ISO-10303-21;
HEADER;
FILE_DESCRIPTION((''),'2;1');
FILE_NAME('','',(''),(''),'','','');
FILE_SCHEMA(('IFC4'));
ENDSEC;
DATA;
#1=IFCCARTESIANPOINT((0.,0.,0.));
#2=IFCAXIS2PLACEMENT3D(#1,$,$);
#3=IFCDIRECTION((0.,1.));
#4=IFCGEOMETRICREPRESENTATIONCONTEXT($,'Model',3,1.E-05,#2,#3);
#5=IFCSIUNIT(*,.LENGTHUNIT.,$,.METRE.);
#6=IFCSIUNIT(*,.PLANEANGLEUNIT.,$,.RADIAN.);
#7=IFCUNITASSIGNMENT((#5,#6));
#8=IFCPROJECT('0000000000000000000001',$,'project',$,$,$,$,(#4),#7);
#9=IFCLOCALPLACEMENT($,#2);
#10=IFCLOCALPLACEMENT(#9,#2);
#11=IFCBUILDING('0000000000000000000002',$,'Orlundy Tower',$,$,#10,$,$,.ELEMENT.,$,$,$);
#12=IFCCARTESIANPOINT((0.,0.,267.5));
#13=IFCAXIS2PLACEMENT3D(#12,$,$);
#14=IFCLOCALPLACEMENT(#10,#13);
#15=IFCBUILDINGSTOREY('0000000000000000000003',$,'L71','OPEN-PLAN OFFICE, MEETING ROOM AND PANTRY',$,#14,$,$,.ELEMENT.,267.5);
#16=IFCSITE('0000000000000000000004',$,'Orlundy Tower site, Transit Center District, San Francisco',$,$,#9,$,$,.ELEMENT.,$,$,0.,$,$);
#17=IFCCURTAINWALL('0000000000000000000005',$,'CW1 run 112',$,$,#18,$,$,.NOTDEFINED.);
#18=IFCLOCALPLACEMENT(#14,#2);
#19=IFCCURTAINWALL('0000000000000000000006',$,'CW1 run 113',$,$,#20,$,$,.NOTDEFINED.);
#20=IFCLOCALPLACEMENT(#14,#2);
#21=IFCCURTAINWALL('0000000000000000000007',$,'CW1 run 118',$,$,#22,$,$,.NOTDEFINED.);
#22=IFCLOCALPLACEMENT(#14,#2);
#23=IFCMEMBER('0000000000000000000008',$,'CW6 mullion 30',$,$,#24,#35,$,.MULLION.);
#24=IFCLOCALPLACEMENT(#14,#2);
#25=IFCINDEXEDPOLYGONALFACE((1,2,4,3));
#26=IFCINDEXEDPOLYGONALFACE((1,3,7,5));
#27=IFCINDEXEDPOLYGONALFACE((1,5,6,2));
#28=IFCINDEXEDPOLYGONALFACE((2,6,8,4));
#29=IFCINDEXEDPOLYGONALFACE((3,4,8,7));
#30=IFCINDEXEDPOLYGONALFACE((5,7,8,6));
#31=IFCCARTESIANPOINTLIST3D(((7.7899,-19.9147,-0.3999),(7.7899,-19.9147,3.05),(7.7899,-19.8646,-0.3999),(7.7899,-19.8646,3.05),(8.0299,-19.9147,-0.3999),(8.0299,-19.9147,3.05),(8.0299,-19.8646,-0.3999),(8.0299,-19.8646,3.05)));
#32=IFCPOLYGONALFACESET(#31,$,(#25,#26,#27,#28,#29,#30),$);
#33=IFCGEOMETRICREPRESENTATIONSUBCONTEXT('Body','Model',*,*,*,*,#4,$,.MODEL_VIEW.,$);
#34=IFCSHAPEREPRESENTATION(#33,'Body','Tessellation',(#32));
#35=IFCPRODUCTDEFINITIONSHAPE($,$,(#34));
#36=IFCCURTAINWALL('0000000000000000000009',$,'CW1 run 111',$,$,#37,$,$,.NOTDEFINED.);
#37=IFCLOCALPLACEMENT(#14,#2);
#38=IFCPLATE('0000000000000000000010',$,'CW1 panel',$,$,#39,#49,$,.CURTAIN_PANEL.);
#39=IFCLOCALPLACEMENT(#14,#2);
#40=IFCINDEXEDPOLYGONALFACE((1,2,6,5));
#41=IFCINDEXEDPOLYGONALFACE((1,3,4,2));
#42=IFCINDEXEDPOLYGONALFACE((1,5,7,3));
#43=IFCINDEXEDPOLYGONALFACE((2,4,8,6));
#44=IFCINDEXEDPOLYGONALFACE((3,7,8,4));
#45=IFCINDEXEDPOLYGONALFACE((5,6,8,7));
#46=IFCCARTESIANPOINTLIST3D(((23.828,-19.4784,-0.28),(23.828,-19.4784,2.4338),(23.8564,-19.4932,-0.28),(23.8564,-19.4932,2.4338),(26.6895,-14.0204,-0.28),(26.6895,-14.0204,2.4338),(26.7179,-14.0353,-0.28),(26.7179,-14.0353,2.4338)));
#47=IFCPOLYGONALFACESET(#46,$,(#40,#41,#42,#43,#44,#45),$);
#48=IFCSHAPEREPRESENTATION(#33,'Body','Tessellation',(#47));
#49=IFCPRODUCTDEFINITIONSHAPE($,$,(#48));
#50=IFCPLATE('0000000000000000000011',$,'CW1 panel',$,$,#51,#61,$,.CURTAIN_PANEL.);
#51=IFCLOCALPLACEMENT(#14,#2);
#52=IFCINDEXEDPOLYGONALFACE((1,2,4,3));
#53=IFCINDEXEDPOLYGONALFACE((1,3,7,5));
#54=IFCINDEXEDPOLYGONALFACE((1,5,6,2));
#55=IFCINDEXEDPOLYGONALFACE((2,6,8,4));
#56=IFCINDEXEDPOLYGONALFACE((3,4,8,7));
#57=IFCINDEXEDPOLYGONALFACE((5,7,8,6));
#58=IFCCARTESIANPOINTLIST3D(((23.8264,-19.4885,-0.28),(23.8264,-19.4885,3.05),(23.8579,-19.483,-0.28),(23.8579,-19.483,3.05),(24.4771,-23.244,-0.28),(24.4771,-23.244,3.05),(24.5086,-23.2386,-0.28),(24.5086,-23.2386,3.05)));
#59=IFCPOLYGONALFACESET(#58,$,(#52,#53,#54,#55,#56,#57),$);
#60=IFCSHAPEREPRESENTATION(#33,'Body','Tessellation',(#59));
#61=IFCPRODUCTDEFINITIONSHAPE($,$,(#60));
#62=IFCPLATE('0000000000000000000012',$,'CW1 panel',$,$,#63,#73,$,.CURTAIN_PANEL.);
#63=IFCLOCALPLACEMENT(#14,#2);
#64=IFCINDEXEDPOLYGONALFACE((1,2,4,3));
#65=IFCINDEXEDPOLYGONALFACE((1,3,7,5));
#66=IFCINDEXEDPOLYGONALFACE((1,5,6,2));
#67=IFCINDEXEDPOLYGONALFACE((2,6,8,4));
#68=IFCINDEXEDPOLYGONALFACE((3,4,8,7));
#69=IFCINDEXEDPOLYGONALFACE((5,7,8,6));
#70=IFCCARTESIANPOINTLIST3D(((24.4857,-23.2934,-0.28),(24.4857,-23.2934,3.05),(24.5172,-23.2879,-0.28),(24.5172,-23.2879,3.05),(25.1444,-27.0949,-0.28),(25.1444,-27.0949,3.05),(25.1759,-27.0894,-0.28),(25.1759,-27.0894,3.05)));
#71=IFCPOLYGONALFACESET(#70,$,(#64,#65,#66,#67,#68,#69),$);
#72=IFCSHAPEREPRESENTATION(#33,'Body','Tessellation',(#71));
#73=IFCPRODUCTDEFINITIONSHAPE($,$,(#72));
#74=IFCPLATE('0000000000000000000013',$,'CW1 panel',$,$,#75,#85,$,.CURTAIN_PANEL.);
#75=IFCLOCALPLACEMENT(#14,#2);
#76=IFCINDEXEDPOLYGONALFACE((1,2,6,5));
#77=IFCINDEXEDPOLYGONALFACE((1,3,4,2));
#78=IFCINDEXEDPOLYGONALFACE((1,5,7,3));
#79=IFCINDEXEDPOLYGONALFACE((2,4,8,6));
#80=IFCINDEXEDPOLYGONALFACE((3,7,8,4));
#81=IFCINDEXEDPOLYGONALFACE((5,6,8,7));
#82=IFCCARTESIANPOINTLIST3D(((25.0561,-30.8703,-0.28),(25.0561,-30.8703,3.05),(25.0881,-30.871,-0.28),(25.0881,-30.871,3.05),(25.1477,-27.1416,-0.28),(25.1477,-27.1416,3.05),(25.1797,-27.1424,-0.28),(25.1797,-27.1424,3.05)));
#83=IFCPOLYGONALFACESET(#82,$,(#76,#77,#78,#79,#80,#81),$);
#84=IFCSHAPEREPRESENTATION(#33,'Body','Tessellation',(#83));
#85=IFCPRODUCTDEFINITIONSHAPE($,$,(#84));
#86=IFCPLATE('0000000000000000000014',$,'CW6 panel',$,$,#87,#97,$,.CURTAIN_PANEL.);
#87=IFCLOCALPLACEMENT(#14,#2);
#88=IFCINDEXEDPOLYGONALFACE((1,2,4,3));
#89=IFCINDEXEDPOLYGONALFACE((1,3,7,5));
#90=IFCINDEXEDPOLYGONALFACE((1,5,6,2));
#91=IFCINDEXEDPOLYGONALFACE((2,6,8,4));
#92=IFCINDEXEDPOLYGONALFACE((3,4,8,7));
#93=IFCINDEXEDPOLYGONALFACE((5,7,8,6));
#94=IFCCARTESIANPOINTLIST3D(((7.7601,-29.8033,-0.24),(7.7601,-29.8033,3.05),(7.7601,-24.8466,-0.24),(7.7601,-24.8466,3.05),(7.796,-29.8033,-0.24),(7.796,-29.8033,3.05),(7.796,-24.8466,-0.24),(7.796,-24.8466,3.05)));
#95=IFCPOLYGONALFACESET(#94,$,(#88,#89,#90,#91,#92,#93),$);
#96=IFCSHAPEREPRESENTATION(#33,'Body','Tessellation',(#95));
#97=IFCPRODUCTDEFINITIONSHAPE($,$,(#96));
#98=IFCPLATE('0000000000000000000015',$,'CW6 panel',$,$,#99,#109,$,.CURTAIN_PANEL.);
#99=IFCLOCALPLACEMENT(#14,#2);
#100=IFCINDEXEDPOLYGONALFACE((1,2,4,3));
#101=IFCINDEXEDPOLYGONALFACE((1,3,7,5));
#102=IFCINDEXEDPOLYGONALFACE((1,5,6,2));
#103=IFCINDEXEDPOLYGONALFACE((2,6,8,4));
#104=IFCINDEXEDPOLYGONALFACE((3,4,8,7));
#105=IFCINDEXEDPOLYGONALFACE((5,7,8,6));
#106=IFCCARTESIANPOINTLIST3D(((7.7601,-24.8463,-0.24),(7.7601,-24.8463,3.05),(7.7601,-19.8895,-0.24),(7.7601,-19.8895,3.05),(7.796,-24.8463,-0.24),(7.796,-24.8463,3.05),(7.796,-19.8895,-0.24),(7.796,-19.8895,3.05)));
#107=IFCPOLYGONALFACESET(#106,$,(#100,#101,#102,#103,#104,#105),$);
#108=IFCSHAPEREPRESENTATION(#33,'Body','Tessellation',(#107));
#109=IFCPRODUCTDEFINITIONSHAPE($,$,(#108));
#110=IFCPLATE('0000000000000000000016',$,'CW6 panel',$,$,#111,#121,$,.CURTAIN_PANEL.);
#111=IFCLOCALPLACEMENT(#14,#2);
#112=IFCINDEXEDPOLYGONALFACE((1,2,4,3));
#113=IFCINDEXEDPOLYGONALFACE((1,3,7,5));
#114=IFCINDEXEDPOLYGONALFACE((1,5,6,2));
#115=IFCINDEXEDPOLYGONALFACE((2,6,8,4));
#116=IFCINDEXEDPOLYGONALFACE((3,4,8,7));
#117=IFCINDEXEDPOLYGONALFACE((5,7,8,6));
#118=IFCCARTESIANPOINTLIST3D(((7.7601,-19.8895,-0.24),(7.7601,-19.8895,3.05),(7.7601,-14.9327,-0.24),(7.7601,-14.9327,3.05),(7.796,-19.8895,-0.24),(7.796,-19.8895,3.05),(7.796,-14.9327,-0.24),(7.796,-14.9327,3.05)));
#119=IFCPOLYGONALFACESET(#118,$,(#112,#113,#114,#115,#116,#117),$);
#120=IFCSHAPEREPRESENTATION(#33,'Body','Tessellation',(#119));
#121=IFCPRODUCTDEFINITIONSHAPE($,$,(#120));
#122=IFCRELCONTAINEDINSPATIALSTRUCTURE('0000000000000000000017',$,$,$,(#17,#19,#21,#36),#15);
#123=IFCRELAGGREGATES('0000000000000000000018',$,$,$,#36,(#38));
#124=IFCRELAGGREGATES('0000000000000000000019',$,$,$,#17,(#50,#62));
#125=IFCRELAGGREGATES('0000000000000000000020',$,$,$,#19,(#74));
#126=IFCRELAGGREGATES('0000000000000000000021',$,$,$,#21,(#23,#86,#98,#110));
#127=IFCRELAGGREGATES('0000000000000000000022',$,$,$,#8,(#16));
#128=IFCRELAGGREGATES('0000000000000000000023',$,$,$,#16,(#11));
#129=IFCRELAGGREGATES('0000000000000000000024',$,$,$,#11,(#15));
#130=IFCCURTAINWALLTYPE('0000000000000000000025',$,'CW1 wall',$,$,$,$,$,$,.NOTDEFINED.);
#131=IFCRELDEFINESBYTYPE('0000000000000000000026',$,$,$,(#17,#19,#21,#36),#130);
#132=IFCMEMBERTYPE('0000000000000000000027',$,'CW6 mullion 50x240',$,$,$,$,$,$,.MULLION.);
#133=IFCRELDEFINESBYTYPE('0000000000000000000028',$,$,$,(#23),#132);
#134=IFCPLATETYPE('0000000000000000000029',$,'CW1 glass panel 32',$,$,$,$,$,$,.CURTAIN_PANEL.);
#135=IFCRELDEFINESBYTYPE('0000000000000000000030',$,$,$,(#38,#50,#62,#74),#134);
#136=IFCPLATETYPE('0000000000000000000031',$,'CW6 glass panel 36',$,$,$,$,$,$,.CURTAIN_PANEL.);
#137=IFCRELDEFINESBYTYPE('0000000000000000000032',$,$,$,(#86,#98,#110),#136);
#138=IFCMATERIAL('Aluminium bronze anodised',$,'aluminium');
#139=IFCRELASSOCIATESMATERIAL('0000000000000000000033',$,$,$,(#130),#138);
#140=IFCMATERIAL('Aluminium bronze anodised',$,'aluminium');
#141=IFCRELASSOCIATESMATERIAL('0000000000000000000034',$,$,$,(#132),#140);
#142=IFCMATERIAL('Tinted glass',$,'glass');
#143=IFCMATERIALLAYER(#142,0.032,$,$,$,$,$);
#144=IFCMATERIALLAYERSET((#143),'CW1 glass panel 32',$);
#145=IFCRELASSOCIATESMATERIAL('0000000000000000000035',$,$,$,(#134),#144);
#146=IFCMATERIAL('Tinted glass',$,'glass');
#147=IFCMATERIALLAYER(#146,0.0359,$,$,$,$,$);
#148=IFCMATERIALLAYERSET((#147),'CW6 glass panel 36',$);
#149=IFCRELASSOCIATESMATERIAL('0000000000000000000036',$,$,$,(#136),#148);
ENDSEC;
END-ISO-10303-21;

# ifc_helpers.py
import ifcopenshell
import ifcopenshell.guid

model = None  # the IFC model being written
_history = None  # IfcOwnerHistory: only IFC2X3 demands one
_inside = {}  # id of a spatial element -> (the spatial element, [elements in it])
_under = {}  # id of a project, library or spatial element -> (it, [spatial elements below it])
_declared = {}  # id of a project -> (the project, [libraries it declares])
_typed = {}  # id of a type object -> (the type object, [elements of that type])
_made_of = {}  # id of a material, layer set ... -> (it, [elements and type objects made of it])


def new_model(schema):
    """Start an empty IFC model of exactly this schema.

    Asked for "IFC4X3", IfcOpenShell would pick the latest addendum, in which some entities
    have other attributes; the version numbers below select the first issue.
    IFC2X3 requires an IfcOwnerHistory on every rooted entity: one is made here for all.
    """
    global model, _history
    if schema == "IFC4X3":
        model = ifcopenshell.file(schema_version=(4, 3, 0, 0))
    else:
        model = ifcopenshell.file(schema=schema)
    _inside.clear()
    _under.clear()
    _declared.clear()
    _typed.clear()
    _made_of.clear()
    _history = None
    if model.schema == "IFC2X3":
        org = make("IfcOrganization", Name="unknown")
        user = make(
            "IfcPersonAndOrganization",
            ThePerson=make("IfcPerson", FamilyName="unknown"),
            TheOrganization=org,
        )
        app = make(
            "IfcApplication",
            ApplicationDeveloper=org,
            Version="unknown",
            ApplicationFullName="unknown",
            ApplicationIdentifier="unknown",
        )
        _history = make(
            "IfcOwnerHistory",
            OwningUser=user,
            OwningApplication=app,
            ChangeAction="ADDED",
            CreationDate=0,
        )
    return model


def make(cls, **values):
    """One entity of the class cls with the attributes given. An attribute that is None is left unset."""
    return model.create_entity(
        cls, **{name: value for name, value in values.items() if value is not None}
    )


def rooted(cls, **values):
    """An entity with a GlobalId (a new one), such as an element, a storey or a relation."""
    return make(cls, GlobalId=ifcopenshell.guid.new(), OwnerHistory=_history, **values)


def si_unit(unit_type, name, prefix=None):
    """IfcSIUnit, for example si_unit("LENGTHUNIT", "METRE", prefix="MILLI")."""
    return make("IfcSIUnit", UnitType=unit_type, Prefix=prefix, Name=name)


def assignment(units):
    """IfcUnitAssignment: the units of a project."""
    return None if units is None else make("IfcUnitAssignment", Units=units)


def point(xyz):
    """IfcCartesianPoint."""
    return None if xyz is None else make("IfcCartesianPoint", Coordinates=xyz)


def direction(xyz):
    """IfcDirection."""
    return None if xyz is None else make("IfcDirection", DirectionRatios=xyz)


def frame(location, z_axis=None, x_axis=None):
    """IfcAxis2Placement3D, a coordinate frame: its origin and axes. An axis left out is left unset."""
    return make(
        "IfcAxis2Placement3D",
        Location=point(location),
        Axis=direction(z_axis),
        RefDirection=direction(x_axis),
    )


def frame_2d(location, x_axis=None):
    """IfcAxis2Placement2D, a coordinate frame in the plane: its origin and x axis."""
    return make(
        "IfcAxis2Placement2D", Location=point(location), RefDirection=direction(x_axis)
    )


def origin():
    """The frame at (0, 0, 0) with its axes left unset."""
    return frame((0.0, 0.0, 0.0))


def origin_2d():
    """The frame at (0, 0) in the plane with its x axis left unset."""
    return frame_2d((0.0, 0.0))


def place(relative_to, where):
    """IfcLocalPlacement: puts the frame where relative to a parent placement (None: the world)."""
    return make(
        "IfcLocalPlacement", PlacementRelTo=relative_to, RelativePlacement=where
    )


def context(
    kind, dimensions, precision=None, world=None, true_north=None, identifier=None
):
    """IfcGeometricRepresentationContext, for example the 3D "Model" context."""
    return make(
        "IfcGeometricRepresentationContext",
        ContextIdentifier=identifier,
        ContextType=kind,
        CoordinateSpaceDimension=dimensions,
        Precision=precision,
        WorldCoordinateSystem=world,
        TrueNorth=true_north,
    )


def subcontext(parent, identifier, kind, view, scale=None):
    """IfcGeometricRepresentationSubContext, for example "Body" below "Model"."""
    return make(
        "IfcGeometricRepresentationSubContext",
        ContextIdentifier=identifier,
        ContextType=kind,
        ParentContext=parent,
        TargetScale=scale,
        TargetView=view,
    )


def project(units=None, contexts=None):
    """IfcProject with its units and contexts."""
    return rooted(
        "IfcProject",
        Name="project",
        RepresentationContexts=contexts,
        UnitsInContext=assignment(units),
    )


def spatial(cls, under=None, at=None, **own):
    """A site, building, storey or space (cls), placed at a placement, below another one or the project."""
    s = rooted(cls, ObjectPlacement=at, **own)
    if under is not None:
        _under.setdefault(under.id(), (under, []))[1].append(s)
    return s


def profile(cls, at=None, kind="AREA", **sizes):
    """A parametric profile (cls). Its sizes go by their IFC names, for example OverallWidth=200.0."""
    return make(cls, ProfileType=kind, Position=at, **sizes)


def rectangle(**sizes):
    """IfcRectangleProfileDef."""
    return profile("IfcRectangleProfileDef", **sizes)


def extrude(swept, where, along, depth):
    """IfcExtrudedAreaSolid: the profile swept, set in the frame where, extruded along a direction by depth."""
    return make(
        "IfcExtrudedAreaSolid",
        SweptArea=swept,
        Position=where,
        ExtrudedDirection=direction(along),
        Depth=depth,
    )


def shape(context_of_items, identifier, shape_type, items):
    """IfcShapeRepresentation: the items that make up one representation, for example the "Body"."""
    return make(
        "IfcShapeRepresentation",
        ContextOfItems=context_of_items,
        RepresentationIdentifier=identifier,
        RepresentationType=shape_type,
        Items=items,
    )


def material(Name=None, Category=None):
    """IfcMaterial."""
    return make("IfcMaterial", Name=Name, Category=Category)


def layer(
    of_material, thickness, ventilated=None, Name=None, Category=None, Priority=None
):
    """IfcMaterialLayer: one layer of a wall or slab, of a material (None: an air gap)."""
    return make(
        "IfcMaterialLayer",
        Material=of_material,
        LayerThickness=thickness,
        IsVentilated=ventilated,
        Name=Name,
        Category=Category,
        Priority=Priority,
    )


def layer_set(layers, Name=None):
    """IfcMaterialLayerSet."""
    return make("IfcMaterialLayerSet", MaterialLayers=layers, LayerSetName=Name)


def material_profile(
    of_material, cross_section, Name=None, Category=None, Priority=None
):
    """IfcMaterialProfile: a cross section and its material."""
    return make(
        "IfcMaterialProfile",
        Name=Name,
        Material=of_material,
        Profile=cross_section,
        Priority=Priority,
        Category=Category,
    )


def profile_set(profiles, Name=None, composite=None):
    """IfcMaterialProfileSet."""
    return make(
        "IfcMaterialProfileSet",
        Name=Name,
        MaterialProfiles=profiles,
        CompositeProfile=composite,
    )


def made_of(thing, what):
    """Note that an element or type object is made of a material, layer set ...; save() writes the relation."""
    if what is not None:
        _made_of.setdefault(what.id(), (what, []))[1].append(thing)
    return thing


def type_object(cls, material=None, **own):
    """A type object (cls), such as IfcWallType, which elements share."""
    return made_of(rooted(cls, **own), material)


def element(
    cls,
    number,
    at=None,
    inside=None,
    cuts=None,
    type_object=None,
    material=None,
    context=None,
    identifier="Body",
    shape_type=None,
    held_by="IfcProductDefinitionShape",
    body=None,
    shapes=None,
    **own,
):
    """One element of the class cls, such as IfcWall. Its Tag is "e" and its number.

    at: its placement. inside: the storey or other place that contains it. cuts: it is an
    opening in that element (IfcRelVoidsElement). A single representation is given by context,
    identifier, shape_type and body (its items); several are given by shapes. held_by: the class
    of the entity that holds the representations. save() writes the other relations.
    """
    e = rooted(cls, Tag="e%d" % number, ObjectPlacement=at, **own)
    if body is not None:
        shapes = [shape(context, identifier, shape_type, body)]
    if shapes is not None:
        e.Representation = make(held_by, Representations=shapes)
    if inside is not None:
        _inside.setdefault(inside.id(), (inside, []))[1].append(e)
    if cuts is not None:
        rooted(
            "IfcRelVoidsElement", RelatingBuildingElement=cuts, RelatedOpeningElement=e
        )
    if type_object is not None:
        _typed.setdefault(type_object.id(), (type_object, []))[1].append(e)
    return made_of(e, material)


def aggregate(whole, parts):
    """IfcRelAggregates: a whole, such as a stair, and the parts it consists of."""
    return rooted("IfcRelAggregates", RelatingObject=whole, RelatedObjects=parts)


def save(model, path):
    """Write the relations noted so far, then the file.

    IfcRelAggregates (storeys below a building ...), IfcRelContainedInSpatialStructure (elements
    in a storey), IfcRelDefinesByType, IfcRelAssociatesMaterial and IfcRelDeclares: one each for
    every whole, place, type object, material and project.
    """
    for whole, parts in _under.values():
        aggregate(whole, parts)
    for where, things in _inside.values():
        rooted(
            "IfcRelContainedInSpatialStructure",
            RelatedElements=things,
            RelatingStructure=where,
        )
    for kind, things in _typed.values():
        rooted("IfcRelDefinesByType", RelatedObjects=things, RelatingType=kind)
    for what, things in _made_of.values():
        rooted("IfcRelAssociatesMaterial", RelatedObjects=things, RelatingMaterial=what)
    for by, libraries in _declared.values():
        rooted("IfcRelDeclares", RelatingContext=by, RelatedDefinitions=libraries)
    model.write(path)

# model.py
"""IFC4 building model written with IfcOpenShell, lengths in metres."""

from ifc_helpers import new_model, si_unit, direction, frame, origin, origin_2d, place, context, subcontext, project, spatial, rectangle, extrude, material, layer, layer_set, material_profile, profile_set, type_object, element, aggregate, save


model = new_model("IFC4")

# Units and contexts
model_context = context("Model", 3, precision=1e-05, world=origin(), true_north=direction((0.0, 1.0)))
body_context = subcontext(model_context, "Body", "Model", "MODEL_VIEW")
ifc_project = project(units=[si_unit("LENGTHUNIT", "METRE"), si_unit("PLANEANGLEUNIT", "RADIAN")], contexts=[model_context])

# Site, building, storey
site_placement = place(None, origin())
site = spatial("IfcSite", under=ifc_project, at=site_placement, Name="Orlundy Tower site, Transit Center District, San Francisco", CompositionType="ELEMENT", RefElevation=0.0)
building_placement = place(site_placement, origin())
building = spatial("IfcBuilding", under=site, at=building_placement, Name="Orlundy Tower", CompositionType="ELEMENT")
storey_placement = place(building_placement, frame((0.0, 0.0, 267.5)))
storey = spatial("IfcBuildingStorey", under=building, at=storey_placement, Name="L71", Description="OPEN-PLAN OFFICE, MEETING ROOM AND PANTRY", CompositionType="ELEMENT", Elevation=267.5)

# Curtain wall
ifc_material_1 = material(Name="Aluminium bronze anodised", Category="aluminium")
curtain_wall_type = type_object("IfcCurtainWallType", Name="CW1 wall", PredefinedType="NOTDEFINED", material=ifc_material_1)
curtain_wall_1_placement = place(storey_placement, origin())
curtain_wall_1 = element("IfcCurtainWall", 1, at=curtain_wall_1_placement, inside=storey, type_object=curtain_wall_type, Name="CW1 run 112", PredefinedType="NOTDEFINED")

# Curtain wall
curtain_wall_2_placement = place(storey_placement, origin())
curtain_wall_2 = element("IfcCurtainWall", 2, at=curtain_wall_2_placement, inside=storey, type_object=curtain_wall_type, Name="CW1 run 113", PredefinedType="NOTDEFINED")

# Curtain wall, member
curtain_wall_3_placement = place(storey_placement, origin())
curtain_wall_3 = element("IfcCurtainWall", 3, at=curtain_wall_3_placement, inside=storey, type_object=curtain_wall_type, Name="CW1 run 118", PredefinedType="NOTDEFINED")
ifc_material_2 = material(Name="Aluminium bronze anodised", Category="aluminium")
ifc_material_profile_1 = material_profile(ifc_material_2, rectangle(XDim=0.24, YDim=0.05, at=origin_2d()), Name="CW6 mullion 50x240")
ifc_profile_set_1 = profile_set([ifc_material_profile_1], Name="Aluminium bronze anodised")
member_type_1 = type_object("IfcMemberType", Name="CW6 mullion 50x240", PredefinedType="MULLION", material=ifc_profile_set_1)
member_1_placement = place(storey_placement, frame((7.9099, -19.8896, -0.3999), z_axis=(0.0, 0.0, 1.0), x_axis=(-1.0, 0.0, 0.0)))
member_1 = element("IfcMember", 4, at=member_1_placement, type_object=member_type_1, Name="CW6 mullion 30", PredefinedType="MULLION", context=body_context, shape_type="SweptSolid", body=[
    extrude(rectangle(XDim=0.24, YDim=0.05, at=origin_2d()), origin(), (0.0, 0.0, 1.0), 3.45),
])

# Curtain wall, plate
curtain_wall_4_placement = place(storey_placement, origin())
curtain_wall_4 = element("IfcCurtainWall", 5, at=curtain_wall_4_placement, inside=storey, type_object=curtain_wall_type, Name="CW1 run 111", PredefinedType="NOTDEFINED")
ifc_material_3 = material(Name="Tinted glass", Category="glass")
ifc_layer_1 = layer(ifc_material_3, 0.032)
ifc_layer_set_1 = layer_set([ifc_layer_1], Name="CW1 glass panel 32")
plate_type_1 = type_object("IfcPlateType", Name="CW1 glass panel 32", PredefinedType="CURTAIN_PANEL", material=ifc_layer_set_1)
plate_1_placement = place(storey_placement, frame((25.2729, -16.7568, -0.28), z_axis=(0.0, 0.0, 1.0), x_axis=(-0.464333, -0.885661, 0.0)))
plate_1 = element("IfcPlate", 6, at=plate_1_placement, type_object=plate_type_1, Name="CW1 panel", PredefinedType="CURTAIN_PANEL", context=body_context, shape_type="SweptSolid", body=[
    extrude(rectangle(XDim=6.1626, YDim=0.032, at=origin_2d()), origin(), (0.0, 0.0, 1.0), 2.7139),
])
aggregate(curtain_wall_4, [plate_1])

# Plates
plate_2_placement = place(storey_placement, frame((24.1675, -21.3635, -0.28), z_axis=(0.0, 0.0, 1.0), x_axis=(0.170729, -0.985318, 0.0)))
plate_2 = element("IfcPlate", 7, at=plate_2_placement, type_object=plate_type_1, Name="CW1 panel", PredefinedType="CURTAIN_PANEL", context=body_context, shape_type="SweptSolid", body=[
    extrude(rectangle(XDim=3.8115, YDim=0.032, at=origin_2d()), origin(), (0.0, 0.0, 1.0), 3.3301),
])
plate_3_placement = place(storey_placement, frame((24.8308, -25.1914, -0.28), z_axis=(0.0, 0.0, 1.0), x_axis=(0.170729, -0.985318, 0.0)))
plate_3 = element("IfcPlate", 8, at=plate_3_placement, type_object=plate_type_1, Name="CW1 panel", PredefinedType="CURTAIN_PANEL", context=body_context, shape_type="SweptSolid", body=[
    extrude(rectangle(XDim=3.8582, YDim=0.032, at=origin_2d()), origin(), (0.0, 0.0, 1.0), 3.3301),
])
aggregate(curtain_wall_1, [plate_2, plate_3])
plate_4_placement = place(storey_placement, frame((25.1179, -29.0063, -0.28), z_axis=(0.0, 0.0, 1.0), x_axis=(-0.024554, -0.999699, 0.0)))
plate_4 = element("IfcPlate", 9, at=plate_4_placement, type_object=plate_type_1, Name="CW1 panel", PredefinedType="CURTAIN_PANEL", context=body_context, shape_type="SweptSolid", body=[
    extrude(rectangle(XDim=3.7297, YDim=0.032, at=origin_2d()), origin(), (0.0, 0.0, 1.0), 3.3301),
])
aggregate(curtain_wall_2, [plate_4])
ifc_material_4 = material(Name="Tinted glass", Category="glass")
ifc_layer_2 = layer(ifc_material_4, 0.0359)
ifc_layer_set_2 = layer_set([ifc_layer_2], Name="CW6 glass panel 36")
plate_type_2 = type_object("IfcPlateType", Name="CW6 glass panel 36", PredefinedType="CURTAIN_PANEL", material=ifc_layer_set_2)
plate_5_placement = place(storey_placement, frame((7.7781, -27.325, -0.24), z_axis=(0.0, 0.0, 1.0), x_axis=(0.0, 1.0, 0.0)))
plate_5 = element("IfcPlate", 10, at=plate_5_placement, type_object=plate_type_2, Name="CW6 panel", PredefinedType="CURTAIN_PANEL", context=body_context, shape_type="SweptSolid", body=[
    extrude(rectangle(XDim=4.9568, YDim=0.0359, at=origin_2d()), origin(), (0.0, 0.0, 1.0), 3.29),
])
plate_6_placement = place(storey_placement, frame((7.7781, -22.3679, -0.24), z_axis=(0.0, 0.0, 1.0), x_axis=(0.0, 1.0, 0.0)))
plate_6 = element("IfcPlate", 11, at=plate_6_placement, type_object=plate_type_2, Name="CW6 panel", PredefinedType="CURTAIN_PANEL", context=body_context, shape_type="SweptSolid", body=[
    extrude(rectangle(XDim=4.9568, YDim=0.0359, at=origin_2d()), origin(), (0.0, 0.0, 1.0), 3.29),
])
plate_7_placement = place(storey_placement, frame((7.7781, -17.4111, -0.24), z_axis=(0.0, 0.0, 1.0), x_axis=(0.0, 1.0, 0.0)))
plate_7 = element("IfcPlate", 12, at=plate_7_placement, type_object=plate_type_2, Name="CW6 panel", PredefinedType="CURTAIN_PANEL", context=body_context, shape_type="SweptSolid", body=[
    extrude(rectangle(XDim=4.9568, YDim=0.0359, at=origin_2d()), origin(), (0.0, 0.0, 1.0), 3.29),
])
aggregate(curtain_wall_3, [member_1, plate_5, plate_6, plate_7])

save(model, "model.ifc")
